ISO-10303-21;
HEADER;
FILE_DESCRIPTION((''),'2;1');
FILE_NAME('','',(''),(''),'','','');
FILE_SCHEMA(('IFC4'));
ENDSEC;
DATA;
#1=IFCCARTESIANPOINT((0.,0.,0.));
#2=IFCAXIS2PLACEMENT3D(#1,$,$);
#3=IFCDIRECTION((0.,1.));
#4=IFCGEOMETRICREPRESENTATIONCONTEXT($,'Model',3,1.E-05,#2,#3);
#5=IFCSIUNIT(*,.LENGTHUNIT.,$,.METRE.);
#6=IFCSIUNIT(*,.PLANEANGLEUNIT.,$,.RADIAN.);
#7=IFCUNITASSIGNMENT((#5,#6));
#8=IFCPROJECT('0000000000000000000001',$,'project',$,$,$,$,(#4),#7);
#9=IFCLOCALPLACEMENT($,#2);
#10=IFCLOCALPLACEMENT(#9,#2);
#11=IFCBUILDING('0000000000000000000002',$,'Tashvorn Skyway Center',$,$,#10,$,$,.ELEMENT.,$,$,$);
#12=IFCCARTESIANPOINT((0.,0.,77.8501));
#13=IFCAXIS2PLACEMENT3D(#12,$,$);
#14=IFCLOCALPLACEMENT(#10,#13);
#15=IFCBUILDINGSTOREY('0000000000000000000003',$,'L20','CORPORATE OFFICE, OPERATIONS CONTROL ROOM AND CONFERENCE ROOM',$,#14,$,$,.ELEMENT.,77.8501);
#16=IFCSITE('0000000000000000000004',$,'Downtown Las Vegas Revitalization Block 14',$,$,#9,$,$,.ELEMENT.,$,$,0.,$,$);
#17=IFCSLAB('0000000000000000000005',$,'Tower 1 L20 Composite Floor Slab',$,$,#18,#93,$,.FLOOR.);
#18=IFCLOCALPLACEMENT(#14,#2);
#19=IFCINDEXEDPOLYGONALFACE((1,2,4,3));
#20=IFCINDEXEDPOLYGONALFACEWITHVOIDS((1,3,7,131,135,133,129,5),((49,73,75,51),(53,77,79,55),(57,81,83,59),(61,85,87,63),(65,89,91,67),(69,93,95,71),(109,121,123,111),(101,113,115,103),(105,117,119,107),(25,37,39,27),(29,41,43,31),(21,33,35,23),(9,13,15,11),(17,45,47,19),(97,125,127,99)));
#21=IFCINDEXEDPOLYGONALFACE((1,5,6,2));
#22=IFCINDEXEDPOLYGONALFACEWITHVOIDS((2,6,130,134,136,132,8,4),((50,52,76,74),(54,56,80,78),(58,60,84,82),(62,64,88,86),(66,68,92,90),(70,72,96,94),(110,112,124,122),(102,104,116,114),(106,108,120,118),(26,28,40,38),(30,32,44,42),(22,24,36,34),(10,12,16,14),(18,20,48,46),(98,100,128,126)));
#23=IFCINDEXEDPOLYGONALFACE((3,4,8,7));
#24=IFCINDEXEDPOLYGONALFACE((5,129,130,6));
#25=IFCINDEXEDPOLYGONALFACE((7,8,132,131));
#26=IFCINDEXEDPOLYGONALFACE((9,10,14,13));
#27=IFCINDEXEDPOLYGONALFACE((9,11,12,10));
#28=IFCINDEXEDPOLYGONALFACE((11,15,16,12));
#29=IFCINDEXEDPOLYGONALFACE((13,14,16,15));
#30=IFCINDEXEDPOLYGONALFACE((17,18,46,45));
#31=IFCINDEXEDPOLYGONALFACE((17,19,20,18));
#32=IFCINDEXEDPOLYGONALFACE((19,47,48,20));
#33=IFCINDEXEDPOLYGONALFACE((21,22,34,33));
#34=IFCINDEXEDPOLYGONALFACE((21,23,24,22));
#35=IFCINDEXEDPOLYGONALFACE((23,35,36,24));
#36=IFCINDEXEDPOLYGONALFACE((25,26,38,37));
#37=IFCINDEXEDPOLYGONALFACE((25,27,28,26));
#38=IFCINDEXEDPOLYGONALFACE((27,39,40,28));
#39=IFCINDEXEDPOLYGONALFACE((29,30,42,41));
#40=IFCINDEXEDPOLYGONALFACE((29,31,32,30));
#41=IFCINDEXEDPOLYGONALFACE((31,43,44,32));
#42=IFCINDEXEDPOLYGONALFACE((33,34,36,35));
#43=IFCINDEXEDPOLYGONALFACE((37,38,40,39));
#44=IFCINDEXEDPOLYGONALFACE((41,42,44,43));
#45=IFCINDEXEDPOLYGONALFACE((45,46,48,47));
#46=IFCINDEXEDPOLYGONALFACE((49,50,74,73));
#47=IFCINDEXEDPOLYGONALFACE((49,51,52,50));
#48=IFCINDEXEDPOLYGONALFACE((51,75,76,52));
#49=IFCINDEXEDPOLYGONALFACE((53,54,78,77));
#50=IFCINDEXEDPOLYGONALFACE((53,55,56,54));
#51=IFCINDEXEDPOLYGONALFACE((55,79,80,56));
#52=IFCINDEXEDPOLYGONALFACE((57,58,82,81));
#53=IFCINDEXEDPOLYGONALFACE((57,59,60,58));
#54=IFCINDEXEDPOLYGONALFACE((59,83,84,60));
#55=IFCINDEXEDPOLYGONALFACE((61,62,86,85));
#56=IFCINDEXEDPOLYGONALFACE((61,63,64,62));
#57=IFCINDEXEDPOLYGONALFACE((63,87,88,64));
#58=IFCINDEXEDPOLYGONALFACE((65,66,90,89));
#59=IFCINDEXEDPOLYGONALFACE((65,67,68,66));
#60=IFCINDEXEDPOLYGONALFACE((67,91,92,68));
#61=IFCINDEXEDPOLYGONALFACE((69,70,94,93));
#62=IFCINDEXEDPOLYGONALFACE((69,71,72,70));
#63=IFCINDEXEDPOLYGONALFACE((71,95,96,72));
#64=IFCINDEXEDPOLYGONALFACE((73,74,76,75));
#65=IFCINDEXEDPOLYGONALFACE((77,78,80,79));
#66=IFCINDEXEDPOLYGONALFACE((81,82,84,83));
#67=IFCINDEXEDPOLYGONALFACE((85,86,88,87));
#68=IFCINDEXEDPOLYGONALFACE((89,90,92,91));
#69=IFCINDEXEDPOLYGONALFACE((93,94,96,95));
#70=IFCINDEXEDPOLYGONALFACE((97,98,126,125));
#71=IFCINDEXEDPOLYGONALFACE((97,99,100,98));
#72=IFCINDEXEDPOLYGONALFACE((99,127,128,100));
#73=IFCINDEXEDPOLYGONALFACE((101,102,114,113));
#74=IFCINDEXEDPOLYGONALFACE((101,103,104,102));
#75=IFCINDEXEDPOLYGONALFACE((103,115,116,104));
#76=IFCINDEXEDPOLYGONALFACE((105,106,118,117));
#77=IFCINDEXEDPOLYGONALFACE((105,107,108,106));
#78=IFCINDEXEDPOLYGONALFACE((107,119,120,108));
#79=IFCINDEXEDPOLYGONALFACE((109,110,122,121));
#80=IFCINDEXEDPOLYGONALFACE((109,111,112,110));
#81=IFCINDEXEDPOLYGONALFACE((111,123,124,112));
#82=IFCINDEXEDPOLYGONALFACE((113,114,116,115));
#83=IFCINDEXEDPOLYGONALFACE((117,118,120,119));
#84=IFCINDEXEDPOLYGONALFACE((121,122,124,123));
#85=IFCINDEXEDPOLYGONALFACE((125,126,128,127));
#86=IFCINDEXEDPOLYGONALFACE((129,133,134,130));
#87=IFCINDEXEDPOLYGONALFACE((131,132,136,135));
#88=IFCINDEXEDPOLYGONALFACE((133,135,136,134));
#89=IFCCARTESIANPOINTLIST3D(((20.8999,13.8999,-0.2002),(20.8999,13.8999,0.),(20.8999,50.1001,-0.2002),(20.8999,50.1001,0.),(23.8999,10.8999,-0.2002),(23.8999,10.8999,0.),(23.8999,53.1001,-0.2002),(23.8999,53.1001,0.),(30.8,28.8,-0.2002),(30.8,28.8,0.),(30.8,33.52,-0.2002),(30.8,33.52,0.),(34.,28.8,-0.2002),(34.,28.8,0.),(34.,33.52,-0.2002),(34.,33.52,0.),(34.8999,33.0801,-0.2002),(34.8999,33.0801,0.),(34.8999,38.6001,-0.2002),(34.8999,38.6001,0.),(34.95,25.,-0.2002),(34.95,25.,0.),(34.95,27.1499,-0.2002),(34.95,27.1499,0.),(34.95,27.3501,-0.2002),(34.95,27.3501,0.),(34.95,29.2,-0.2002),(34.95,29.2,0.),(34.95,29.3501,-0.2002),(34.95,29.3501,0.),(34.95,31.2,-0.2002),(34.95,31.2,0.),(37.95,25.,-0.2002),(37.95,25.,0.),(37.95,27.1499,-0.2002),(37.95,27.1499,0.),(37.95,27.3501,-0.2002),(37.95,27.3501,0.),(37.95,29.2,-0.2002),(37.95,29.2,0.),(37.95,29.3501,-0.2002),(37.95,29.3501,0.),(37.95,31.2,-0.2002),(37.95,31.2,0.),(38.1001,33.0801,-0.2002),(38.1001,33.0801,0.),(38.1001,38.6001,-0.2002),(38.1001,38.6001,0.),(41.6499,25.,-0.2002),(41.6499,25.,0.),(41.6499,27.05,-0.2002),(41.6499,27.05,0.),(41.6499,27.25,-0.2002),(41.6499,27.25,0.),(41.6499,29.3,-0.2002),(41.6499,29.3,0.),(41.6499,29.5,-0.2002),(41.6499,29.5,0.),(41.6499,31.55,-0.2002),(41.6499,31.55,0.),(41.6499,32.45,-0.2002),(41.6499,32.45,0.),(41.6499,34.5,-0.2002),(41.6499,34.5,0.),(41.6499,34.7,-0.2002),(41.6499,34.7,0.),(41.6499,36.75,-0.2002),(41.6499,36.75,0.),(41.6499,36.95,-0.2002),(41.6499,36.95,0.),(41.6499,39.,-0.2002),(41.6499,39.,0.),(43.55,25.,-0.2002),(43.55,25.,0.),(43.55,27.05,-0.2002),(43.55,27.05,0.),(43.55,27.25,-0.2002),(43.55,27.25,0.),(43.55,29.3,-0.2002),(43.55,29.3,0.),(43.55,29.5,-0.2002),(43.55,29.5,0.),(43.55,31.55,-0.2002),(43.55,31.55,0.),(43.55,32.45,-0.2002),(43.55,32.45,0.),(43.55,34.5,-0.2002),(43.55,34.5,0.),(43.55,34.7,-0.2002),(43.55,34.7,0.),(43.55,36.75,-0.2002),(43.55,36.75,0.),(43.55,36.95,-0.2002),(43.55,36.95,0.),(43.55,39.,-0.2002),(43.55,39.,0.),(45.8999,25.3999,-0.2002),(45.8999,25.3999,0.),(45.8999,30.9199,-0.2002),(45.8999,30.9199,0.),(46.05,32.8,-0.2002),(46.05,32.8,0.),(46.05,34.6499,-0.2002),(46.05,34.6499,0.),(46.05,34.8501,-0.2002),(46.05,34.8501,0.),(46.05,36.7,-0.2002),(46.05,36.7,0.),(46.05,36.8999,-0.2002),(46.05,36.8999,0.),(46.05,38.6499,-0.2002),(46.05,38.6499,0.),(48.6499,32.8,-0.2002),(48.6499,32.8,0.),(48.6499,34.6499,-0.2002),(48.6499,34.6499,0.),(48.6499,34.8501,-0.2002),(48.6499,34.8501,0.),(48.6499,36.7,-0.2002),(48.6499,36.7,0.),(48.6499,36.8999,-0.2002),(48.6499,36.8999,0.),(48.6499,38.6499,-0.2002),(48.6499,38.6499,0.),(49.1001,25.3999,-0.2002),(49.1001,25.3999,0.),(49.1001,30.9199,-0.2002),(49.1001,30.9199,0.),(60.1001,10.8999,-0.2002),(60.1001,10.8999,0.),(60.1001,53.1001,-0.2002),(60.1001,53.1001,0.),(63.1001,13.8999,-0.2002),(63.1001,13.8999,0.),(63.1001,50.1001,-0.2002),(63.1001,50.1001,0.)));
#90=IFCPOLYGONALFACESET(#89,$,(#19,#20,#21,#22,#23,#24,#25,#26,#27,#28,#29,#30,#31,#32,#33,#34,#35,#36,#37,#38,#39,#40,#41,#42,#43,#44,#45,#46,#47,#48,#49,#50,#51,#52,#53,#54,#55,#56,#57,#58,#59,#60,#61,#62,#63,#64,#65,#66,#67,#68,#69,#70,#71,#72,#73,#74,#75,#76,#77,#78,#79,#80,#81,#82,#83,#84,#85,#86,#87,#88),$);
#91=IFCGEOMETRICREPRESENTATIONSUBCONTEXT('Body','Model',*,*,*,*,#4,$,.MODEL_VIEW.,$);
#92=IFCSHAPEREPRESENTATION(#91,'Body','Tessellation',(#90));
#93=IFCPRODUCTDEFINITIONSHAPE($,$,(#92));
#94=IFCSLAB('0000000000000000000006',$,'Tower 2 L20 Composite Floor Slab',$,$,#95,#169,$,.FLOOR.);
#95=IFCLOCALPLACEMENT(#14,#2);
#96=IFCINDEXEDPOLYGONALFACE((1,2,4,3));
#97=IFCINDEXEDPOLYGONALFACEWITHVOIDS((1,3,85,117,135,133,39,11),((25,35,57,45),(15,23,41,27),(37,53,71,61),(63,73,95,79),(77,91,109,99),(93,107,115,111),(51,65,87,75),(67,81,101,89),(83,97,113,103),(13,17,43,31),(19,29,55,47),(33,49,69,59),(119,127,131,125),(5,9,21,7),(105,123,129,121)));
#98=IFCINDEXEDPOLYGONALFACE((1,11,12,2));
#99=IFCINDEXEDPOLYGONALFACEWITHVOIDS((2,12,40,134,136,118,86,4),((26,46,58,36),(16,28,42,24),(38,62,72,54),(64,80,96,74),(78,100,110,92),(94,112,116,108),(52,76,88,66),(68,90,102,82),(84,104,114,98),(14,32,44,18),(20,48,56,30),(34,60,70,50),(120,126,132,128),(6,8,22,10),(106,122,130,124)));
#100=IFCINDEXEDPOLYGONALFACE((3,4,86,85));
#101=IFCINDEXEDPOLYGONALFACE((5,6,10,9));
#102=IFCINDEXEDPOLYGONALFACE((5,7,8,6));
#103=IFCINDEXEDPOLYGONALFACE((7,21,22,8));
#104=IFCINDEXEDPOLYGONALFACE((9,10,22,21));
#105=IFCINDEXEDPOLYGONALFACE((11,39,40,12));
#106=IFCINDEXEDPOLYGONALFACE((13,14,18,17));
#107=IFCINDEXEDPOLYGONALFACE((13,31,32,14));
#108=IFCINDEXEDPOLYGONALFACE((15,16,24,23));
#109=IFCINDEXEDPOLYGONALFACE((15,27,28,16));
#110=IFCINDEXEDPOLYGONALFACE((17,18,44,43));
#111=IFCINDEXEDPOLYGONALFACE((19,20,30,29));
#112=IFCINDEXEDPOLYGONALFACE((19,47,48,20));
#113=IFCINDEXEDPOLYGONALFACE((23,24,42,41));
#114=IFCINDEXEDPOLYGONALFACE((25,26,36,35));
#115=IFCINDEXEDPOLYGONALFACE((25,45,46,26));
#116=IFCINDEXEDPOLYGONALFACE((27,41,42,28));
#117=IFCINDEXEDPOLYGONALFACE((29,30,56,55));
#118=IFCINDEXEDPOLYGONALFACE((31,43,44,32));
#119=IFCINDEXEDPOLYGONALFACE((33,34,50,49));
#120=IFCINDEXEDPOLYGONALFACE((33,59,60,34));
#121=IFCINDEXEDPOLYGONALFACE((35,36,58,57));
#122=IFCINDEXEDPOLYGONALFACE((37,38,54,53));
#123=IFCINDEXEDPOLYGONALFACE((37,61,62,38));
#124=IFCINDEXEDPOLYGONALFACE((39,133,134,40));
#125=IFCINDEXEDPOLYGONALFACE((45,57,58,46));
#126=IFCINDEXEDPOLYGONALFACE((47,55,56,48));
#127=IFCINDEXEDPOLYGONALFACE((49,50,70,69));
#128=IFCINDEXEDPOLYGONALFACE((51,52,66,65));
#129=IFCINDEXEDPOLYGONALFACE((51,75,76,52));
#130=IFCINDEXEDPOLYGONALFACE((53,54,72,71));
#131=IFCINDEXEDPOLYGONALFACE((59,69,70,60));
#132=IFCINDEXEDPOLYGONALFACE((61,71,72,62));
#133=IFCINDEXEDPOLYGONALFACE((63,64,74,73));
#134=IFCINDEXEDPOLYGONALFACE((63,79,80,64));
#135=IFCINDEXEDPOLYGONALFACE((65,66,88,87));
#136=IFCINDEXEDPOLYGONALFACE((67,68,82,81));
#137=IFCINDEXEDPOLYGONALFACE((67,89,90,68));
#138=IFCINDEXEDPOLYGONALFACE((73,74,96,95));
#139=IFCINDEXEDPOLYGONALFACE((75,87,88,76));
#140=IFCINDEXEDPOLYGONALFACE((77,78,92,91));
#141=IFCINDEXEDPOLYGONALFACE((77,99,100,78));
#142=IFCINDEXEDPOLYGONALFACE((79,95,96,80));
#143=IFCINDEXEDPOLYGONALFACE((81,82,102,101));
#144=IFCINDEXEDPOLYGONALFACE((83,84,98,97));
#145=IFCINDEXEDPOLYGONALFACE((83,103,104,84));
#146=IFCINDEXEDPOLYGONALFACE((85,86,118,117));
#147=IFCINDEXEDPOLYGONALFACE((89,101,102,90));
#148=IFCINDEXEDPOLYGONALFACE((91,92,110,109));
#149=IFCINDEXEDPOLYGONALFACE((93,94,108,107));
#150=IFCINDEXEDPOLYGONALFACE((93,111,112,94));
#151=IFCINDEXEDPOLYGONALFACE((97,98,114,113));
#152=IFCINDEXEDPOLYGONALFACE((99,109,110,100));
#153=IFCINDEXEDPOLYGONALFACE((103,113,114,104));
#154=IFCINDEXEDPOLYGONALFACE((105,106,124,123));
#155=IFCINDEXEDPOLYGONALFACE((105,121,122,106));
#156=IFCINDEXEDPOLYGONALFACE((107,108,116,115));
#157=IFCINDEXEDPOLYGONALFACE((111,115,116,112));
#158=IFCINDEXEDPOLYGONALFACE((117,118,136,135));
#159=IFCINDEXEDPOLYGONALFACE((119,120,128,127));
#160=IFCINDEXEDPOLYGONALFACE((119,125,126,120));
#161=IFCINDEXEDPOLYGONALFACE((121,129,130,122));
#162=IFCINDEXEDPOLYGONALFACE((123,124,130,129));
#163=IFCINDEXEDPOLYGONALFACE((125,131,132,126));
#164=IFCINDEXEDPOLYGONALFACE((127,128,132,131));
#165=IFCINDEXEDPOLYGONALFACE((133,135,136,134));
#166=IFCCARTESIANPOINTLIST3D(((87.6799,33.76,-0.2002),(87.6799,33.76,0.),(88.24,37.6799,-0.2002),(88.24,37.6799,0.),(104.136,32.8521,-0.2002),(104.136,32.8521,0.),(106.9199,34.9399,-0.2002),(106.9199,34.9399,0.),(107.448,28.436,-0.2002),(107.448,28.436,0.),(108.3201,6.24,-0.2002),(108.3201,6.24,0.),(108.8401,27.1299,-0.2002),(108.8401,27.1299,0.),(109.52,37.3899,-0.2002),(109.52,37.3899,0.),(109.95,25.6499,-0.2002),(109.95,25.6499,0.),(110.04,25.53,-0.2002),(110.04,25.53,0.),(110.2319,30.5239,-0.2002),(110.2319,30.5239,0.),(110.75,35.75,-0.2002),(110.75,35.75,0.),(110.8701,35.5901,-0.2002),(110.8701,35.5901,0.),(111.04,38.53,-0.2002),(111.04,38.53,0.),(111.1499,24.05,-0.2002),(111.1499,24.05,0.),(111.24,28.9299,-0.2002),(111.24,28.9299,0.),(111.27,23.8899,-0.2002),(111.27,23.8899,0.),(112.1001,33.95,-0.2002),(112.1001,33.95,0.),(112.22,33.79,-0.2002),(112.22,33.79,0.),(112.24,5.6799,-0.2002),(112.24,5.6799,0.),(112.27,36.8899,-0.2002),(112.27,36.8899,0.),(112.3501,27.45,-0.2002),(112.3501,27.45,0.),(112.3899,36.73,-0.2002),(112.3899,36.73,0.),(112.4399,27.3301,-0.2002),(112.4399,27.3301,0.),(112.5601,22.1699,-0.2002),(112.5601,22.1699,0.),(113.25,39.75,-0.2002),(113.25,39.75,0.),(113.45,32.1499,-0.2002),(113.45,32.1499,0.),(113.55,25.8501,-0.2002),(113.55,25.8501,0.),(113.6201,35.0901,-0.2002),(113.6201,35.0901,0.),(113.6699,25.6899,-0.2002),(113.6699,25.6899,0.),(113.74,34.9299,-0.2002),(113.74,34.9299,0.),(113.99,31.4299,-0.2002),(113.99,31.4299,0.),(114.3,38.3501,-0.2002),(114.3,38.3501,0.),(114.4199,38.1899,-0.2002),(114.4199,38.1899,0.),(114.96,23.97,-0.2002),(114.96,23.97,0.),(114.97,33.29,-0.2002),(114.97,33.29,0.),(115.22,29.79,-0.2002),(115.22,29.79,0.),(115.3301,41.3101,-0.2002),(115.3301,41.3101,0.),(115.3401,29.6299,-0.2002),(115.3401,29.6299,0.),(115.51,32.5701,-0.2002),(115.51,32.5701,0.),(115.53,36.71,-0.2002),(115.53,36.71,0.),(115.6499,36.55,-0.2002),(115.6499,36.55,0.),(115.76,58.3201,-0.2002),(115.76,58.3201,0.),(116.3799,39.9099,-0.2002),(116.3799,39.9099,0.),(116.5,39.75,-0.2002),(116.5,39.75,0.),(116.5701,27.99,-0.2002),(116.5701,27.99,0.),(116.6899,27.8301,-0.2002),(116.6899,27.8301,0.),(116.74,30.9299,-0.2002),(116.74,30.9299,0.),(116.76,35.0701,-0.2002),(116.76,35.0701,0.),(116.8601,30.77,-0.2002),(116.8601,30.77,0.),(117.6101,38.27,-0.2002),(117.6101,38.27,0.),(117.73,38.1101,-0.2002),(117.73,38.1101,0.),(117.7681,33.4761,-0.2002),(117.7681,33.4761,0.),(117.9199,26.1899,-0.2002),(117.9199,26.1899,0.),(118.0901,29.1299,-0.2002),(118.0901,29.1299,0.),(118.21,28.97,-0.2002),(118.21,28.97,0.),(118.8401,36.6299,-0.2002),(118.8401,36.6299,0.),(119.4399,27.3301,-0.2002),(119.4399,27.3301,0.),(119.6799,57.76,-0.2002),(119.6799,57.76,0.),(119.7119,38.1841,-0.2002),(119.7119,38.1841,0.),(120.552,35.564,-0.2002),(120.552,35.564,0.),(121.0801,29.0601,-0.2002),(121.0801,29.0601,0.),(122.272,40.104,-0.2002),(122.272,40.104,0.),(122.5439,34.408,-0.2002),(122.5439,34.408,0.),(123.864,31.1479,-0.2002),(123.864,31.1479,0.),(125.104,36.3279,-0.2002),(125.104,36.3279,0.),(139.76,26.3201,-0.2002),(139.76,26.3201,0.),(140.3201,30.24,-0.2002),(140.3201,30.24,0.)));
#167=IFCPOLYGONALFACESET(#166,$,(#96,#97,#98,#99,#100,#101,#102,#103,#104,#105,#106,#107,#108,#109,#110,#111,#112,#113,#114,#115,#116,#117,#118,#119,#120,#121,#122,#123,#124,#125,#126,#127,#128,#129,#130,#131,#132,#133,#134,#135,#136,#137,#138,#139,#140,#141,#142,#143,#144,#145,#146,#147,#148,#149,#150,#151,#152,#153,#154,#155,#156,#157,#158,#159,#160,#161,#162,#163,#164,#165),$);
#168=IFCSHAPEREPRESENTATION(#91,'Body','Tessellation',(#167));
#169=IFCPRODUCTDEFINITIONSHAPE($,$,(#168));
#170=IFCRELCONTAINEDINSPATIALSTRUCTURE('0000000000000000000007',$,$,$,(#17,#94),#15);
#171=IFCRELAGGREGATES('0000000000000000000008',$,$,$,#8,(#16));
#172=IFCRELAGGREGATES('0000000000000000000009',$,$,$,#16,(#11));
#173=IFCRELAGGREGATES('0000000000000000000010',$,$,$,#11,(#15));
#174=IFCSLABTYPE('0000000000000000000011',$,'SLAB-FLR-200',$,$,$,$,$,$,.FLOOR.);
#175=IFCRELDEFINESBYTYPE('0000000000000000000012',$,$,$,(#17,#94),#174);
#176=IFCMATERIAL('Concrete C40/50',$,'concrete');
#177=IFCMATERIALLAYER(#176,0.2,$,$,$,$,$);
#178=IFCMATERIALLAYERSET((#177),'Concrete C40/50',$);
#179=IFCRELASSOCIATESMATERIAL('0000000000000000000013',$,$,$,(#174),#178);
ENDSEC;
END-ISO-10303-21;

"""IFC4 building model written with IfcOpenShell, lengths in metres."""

from ifc_helpers import new_model, si_unit, direction, frame, origin, place, context, subcontext, project, spatial, polyline, outline, extrude, material, layer, layer_set, type_object, element, save


model = new_model("IFC4")

# Units and contexts
model_context = context("Model", 3, precision=1e-05, world=origin(), true_north=direction((0.0, 1.0)))
body_context = subcontext(model_context, "Body", "Model", "MODEL_VIEW")
ifc_project = project(units=[si_unit("LENGTHUNIT", "METRE"), si_unit("PLANEANGLEUNIT", "RADIAN")], contexts=[model_context])

# Site, building, storey
site_placement = place(None, origin())
site = spatial("IfcSite", under=ifc_project, at=site_placement, Name="Downtown Las Vegas Revitalization Block 14", CompositionType="ELEMENT", RefElevation=0.0)
building_placement = place(site_placement, origin())
building = spatial("IfcBuilding", under=site, at=building_placement, Name="Tashvorn Skyway Center", CompositionType="ELEMENT")
storey_placement = place(building_placement, frame((0.0, 0.0, 77.8501)))
storey = spatial("IfcBuildingStorey", under=building, at=storey_placement, Name="L20", Description="CORPORATE OFFICE, OPERATIONS CONTROL ROOM AND CONFERENCE ROOM", CompositionType="ELEMENT", Elevation=77.8501)

# Slabs
ifc_material_1 = material(Name="Concrete C40/50", Category="concrete")
ifc_layer_1 = layer(ifc_material_1, 0.2)
ifc_layer_set_1 = layer_set([ifc_layer_1], Name="Concrete C40/50")
slab_type_1 = type_object("IfcSlabType", Name="SLAB-FLR-200", PredefinedType="FLOOR", material=ifc_layer_set_1)
slab_1_placement = place(storey_placement, frame((0.0, 0.0, -0.2002)))
element("IfcSlab", 1, at=slab_1_placement, inside=storey, type_object=slab_type_1, Name="Tower 1 L20 Composite Floor Slab", PredefinedType="FLOOR", context=body_context, shape_type="SweptSolid", body=[
    extrude(outline(polyline([(23.8999, 10.8999), (60.1001, 10.8999), (63.1001, 13.8999), (63.1001, 50.1001), (60.1001, 53.1001), (23.8999, 53.1001), (20.8999, 50.1001), (20.8999, 13.8999), (23.8999, 10.8999)]), holes=[polyline([(38.1001, 33.0801), (38.1001, 38.6001), (34.8999, 38.6001), (34.8999, 33.0801), (38.1001, 33.0801)]), polyline([(45.8999, 30.9199), (45.8999, 25.3999), (49.1001, 25.3999), (49.1001, 30.9199), (45.8999, 30.9199)]), polyline([(30.8, 33.52), (30.8, 28.8), (34.0, 28.8), (34.0, 33.52), (30.8, 33.52)]), polyline([(34.95, 29.3501), (37.95, 29.3501), (37.95, 31.2), (34.95, 31.2), (34.95, 29.3501)]), polyline([(34.95, 27.3501), (37.95, 27.3501), (37.95, 29.2), (34.95, 29.2), (34.95, 27.3501)]), polyline([(34.95, 25.0), (37.95, 25.0), (37.95, 27.1499), (34.95, 27.1499), (34.95, 25.0)]), polyline([(41.6499, 25.0), (43.55, 25.0), (43.55, 27.05), (41.6499, 27.05), (41.6499, 25.0)]), polyline([(41.6499, 27.25), (43.55, 27.25), (43.55, 29.3), (41.6499, 29.3), (41.6499, 27.25)]), polyline([(41.6499, 29.5), (43.55, 29.5), (43.55, 31.55), (41.6499, 31.55), (41.6499, 29.5)]), polyline([(41.6499, 32.45), (43.55, 32.45), (43.55, 34.5), (41.6499, 34.5), (41.6499, 32.45)]), polyline([(41.6499, 34.7), (43.55, 34.7), (43.55, 36.75), (41.6499, 36.75), (41.6499, 34.7)]), polyline([(41.6499, 36.95), (43.55, 36.95), (43.55, 39.0), (41.6499, 39.0), (41.6499, 36.95)]), polyline([(46.05, 32.8), (48.6499, 32.8), (48.6499, 34.6499), (46.05, 34.6499), (46.05, 32.8)]), polyline([(46.05, 34.8501), (48.6499, 34.8501), (48.6499, 36.7), (46.05, 36.7), (46.05, 34.8501)]), polyline([(46.05, 36.8999), (48.6499, 36.8999), (48.6499, 38.6499), (46.05, 38.6499), (46.05, 36.8999)])]), origin(), (0.0, 0.0, 1.0), 0.2002),
])
slab_2_placement = place(storey_placement, frame((0.0, 0.0, -0.2002)))
element("IfcSlab", 2, at=slab_2_placement, inside=storey, type_object=slab_type_1, Name="Tower 2 L20 Composite Floor Slab", PredefinedType="FLOOR", context=body_context, shape_type="SweptSolid", body=[
    extrude(outline(polyline([(112.24, 5.6799), (139.76, 26.3201), (140.3201, 30.24), (119.6799, 57.76), (115.76, 58.3201), (88.24, 37.6799), (87.6799, 33.76), (108.3201, 6.24), (112.24, 5.6799)]), holes=[polyline([(110.2319, 30.5239), (106.9199, 34.9399), (104.136, 32.8521), (107.448, 28.436), (110.2319, 30.5239)]), polyline([(117.7681, 33.4761), (121.0801, 29.0601), (123.864, 31.1479), (120.552, 35.564), (117.7681, 33.4761)]), polyline([(119.7119, 38.1841), (122.5439, 34.408), (125.104, 36.3279), (122.272, 40.104), (119.7119, 38.1841)]), polyline([(109.95, 25.6499), (112.3501, 27.45), (111.24, 28.9299), (108.8401, 27.1299), (109.95, 25.6499)]), polyline([(111.1499, 24.05), (113.55, 25.8501), (112.4399, 27.3301), (110.04, 25.53), (111.1499, 24.05)]), polyline([(112.5601, 22.1699), (114.96, 23.97), (113.6699, 25.6899), (111.27, 23.8899), (112.5601, 22.1699)]), polyline([(117.9199, 26.1899), (119.4399, 27.3301), (118.21, 28.97), (116.6899, 27.8301), (117.9199, 26.1899)]), polyline([(116.5701, 27.99), (118.0901, 29.1299), (116.8601, 30.77), (115.3401, 29.6299), (116.5701, 27.99)]), polyline([(115.22, 29.79), (116.74, 30.9299), (115.51, 32.5701), (113.99, 31.4299), (115.22, 29.79)]), polyline([(113.45, 32.1499), (114.97, 33.29), (113.74, 34.9299), (112.22, 33.79), (113.45, 32.1499)]), polyline([(112.1001, 33.95), (113.6201, 35.0901), (112.3899, 36.73), (110.8701, 35.5901), (112.1001, 33.95)]), polyline([(110.75, 35.75), (112.27, 36.8899), (111.04, 38.53), (109.52, 37.3899), (110.75, 35.75)]), polyline([(116.76, 35.0701), (118.8401, 36.6299), (117.73, 38.1101), (115.6499, 36.55), (116.76, 35.0701)]), polyline([(115.53, 36.71), (117.6101, 38.27), (116.5, 39.75), (114.4199, 38.1899), (115.53, 36.71)]), polyline([(114.3, 38.3501), (116.3799, 39.9099), (115.3301, 41.3101), (113.25, 39.75), (114.3, 38.3501)])]), origin(), (0.0, 0.0, 1.0), 0.2002),
])

save(model, "model.ifc")
